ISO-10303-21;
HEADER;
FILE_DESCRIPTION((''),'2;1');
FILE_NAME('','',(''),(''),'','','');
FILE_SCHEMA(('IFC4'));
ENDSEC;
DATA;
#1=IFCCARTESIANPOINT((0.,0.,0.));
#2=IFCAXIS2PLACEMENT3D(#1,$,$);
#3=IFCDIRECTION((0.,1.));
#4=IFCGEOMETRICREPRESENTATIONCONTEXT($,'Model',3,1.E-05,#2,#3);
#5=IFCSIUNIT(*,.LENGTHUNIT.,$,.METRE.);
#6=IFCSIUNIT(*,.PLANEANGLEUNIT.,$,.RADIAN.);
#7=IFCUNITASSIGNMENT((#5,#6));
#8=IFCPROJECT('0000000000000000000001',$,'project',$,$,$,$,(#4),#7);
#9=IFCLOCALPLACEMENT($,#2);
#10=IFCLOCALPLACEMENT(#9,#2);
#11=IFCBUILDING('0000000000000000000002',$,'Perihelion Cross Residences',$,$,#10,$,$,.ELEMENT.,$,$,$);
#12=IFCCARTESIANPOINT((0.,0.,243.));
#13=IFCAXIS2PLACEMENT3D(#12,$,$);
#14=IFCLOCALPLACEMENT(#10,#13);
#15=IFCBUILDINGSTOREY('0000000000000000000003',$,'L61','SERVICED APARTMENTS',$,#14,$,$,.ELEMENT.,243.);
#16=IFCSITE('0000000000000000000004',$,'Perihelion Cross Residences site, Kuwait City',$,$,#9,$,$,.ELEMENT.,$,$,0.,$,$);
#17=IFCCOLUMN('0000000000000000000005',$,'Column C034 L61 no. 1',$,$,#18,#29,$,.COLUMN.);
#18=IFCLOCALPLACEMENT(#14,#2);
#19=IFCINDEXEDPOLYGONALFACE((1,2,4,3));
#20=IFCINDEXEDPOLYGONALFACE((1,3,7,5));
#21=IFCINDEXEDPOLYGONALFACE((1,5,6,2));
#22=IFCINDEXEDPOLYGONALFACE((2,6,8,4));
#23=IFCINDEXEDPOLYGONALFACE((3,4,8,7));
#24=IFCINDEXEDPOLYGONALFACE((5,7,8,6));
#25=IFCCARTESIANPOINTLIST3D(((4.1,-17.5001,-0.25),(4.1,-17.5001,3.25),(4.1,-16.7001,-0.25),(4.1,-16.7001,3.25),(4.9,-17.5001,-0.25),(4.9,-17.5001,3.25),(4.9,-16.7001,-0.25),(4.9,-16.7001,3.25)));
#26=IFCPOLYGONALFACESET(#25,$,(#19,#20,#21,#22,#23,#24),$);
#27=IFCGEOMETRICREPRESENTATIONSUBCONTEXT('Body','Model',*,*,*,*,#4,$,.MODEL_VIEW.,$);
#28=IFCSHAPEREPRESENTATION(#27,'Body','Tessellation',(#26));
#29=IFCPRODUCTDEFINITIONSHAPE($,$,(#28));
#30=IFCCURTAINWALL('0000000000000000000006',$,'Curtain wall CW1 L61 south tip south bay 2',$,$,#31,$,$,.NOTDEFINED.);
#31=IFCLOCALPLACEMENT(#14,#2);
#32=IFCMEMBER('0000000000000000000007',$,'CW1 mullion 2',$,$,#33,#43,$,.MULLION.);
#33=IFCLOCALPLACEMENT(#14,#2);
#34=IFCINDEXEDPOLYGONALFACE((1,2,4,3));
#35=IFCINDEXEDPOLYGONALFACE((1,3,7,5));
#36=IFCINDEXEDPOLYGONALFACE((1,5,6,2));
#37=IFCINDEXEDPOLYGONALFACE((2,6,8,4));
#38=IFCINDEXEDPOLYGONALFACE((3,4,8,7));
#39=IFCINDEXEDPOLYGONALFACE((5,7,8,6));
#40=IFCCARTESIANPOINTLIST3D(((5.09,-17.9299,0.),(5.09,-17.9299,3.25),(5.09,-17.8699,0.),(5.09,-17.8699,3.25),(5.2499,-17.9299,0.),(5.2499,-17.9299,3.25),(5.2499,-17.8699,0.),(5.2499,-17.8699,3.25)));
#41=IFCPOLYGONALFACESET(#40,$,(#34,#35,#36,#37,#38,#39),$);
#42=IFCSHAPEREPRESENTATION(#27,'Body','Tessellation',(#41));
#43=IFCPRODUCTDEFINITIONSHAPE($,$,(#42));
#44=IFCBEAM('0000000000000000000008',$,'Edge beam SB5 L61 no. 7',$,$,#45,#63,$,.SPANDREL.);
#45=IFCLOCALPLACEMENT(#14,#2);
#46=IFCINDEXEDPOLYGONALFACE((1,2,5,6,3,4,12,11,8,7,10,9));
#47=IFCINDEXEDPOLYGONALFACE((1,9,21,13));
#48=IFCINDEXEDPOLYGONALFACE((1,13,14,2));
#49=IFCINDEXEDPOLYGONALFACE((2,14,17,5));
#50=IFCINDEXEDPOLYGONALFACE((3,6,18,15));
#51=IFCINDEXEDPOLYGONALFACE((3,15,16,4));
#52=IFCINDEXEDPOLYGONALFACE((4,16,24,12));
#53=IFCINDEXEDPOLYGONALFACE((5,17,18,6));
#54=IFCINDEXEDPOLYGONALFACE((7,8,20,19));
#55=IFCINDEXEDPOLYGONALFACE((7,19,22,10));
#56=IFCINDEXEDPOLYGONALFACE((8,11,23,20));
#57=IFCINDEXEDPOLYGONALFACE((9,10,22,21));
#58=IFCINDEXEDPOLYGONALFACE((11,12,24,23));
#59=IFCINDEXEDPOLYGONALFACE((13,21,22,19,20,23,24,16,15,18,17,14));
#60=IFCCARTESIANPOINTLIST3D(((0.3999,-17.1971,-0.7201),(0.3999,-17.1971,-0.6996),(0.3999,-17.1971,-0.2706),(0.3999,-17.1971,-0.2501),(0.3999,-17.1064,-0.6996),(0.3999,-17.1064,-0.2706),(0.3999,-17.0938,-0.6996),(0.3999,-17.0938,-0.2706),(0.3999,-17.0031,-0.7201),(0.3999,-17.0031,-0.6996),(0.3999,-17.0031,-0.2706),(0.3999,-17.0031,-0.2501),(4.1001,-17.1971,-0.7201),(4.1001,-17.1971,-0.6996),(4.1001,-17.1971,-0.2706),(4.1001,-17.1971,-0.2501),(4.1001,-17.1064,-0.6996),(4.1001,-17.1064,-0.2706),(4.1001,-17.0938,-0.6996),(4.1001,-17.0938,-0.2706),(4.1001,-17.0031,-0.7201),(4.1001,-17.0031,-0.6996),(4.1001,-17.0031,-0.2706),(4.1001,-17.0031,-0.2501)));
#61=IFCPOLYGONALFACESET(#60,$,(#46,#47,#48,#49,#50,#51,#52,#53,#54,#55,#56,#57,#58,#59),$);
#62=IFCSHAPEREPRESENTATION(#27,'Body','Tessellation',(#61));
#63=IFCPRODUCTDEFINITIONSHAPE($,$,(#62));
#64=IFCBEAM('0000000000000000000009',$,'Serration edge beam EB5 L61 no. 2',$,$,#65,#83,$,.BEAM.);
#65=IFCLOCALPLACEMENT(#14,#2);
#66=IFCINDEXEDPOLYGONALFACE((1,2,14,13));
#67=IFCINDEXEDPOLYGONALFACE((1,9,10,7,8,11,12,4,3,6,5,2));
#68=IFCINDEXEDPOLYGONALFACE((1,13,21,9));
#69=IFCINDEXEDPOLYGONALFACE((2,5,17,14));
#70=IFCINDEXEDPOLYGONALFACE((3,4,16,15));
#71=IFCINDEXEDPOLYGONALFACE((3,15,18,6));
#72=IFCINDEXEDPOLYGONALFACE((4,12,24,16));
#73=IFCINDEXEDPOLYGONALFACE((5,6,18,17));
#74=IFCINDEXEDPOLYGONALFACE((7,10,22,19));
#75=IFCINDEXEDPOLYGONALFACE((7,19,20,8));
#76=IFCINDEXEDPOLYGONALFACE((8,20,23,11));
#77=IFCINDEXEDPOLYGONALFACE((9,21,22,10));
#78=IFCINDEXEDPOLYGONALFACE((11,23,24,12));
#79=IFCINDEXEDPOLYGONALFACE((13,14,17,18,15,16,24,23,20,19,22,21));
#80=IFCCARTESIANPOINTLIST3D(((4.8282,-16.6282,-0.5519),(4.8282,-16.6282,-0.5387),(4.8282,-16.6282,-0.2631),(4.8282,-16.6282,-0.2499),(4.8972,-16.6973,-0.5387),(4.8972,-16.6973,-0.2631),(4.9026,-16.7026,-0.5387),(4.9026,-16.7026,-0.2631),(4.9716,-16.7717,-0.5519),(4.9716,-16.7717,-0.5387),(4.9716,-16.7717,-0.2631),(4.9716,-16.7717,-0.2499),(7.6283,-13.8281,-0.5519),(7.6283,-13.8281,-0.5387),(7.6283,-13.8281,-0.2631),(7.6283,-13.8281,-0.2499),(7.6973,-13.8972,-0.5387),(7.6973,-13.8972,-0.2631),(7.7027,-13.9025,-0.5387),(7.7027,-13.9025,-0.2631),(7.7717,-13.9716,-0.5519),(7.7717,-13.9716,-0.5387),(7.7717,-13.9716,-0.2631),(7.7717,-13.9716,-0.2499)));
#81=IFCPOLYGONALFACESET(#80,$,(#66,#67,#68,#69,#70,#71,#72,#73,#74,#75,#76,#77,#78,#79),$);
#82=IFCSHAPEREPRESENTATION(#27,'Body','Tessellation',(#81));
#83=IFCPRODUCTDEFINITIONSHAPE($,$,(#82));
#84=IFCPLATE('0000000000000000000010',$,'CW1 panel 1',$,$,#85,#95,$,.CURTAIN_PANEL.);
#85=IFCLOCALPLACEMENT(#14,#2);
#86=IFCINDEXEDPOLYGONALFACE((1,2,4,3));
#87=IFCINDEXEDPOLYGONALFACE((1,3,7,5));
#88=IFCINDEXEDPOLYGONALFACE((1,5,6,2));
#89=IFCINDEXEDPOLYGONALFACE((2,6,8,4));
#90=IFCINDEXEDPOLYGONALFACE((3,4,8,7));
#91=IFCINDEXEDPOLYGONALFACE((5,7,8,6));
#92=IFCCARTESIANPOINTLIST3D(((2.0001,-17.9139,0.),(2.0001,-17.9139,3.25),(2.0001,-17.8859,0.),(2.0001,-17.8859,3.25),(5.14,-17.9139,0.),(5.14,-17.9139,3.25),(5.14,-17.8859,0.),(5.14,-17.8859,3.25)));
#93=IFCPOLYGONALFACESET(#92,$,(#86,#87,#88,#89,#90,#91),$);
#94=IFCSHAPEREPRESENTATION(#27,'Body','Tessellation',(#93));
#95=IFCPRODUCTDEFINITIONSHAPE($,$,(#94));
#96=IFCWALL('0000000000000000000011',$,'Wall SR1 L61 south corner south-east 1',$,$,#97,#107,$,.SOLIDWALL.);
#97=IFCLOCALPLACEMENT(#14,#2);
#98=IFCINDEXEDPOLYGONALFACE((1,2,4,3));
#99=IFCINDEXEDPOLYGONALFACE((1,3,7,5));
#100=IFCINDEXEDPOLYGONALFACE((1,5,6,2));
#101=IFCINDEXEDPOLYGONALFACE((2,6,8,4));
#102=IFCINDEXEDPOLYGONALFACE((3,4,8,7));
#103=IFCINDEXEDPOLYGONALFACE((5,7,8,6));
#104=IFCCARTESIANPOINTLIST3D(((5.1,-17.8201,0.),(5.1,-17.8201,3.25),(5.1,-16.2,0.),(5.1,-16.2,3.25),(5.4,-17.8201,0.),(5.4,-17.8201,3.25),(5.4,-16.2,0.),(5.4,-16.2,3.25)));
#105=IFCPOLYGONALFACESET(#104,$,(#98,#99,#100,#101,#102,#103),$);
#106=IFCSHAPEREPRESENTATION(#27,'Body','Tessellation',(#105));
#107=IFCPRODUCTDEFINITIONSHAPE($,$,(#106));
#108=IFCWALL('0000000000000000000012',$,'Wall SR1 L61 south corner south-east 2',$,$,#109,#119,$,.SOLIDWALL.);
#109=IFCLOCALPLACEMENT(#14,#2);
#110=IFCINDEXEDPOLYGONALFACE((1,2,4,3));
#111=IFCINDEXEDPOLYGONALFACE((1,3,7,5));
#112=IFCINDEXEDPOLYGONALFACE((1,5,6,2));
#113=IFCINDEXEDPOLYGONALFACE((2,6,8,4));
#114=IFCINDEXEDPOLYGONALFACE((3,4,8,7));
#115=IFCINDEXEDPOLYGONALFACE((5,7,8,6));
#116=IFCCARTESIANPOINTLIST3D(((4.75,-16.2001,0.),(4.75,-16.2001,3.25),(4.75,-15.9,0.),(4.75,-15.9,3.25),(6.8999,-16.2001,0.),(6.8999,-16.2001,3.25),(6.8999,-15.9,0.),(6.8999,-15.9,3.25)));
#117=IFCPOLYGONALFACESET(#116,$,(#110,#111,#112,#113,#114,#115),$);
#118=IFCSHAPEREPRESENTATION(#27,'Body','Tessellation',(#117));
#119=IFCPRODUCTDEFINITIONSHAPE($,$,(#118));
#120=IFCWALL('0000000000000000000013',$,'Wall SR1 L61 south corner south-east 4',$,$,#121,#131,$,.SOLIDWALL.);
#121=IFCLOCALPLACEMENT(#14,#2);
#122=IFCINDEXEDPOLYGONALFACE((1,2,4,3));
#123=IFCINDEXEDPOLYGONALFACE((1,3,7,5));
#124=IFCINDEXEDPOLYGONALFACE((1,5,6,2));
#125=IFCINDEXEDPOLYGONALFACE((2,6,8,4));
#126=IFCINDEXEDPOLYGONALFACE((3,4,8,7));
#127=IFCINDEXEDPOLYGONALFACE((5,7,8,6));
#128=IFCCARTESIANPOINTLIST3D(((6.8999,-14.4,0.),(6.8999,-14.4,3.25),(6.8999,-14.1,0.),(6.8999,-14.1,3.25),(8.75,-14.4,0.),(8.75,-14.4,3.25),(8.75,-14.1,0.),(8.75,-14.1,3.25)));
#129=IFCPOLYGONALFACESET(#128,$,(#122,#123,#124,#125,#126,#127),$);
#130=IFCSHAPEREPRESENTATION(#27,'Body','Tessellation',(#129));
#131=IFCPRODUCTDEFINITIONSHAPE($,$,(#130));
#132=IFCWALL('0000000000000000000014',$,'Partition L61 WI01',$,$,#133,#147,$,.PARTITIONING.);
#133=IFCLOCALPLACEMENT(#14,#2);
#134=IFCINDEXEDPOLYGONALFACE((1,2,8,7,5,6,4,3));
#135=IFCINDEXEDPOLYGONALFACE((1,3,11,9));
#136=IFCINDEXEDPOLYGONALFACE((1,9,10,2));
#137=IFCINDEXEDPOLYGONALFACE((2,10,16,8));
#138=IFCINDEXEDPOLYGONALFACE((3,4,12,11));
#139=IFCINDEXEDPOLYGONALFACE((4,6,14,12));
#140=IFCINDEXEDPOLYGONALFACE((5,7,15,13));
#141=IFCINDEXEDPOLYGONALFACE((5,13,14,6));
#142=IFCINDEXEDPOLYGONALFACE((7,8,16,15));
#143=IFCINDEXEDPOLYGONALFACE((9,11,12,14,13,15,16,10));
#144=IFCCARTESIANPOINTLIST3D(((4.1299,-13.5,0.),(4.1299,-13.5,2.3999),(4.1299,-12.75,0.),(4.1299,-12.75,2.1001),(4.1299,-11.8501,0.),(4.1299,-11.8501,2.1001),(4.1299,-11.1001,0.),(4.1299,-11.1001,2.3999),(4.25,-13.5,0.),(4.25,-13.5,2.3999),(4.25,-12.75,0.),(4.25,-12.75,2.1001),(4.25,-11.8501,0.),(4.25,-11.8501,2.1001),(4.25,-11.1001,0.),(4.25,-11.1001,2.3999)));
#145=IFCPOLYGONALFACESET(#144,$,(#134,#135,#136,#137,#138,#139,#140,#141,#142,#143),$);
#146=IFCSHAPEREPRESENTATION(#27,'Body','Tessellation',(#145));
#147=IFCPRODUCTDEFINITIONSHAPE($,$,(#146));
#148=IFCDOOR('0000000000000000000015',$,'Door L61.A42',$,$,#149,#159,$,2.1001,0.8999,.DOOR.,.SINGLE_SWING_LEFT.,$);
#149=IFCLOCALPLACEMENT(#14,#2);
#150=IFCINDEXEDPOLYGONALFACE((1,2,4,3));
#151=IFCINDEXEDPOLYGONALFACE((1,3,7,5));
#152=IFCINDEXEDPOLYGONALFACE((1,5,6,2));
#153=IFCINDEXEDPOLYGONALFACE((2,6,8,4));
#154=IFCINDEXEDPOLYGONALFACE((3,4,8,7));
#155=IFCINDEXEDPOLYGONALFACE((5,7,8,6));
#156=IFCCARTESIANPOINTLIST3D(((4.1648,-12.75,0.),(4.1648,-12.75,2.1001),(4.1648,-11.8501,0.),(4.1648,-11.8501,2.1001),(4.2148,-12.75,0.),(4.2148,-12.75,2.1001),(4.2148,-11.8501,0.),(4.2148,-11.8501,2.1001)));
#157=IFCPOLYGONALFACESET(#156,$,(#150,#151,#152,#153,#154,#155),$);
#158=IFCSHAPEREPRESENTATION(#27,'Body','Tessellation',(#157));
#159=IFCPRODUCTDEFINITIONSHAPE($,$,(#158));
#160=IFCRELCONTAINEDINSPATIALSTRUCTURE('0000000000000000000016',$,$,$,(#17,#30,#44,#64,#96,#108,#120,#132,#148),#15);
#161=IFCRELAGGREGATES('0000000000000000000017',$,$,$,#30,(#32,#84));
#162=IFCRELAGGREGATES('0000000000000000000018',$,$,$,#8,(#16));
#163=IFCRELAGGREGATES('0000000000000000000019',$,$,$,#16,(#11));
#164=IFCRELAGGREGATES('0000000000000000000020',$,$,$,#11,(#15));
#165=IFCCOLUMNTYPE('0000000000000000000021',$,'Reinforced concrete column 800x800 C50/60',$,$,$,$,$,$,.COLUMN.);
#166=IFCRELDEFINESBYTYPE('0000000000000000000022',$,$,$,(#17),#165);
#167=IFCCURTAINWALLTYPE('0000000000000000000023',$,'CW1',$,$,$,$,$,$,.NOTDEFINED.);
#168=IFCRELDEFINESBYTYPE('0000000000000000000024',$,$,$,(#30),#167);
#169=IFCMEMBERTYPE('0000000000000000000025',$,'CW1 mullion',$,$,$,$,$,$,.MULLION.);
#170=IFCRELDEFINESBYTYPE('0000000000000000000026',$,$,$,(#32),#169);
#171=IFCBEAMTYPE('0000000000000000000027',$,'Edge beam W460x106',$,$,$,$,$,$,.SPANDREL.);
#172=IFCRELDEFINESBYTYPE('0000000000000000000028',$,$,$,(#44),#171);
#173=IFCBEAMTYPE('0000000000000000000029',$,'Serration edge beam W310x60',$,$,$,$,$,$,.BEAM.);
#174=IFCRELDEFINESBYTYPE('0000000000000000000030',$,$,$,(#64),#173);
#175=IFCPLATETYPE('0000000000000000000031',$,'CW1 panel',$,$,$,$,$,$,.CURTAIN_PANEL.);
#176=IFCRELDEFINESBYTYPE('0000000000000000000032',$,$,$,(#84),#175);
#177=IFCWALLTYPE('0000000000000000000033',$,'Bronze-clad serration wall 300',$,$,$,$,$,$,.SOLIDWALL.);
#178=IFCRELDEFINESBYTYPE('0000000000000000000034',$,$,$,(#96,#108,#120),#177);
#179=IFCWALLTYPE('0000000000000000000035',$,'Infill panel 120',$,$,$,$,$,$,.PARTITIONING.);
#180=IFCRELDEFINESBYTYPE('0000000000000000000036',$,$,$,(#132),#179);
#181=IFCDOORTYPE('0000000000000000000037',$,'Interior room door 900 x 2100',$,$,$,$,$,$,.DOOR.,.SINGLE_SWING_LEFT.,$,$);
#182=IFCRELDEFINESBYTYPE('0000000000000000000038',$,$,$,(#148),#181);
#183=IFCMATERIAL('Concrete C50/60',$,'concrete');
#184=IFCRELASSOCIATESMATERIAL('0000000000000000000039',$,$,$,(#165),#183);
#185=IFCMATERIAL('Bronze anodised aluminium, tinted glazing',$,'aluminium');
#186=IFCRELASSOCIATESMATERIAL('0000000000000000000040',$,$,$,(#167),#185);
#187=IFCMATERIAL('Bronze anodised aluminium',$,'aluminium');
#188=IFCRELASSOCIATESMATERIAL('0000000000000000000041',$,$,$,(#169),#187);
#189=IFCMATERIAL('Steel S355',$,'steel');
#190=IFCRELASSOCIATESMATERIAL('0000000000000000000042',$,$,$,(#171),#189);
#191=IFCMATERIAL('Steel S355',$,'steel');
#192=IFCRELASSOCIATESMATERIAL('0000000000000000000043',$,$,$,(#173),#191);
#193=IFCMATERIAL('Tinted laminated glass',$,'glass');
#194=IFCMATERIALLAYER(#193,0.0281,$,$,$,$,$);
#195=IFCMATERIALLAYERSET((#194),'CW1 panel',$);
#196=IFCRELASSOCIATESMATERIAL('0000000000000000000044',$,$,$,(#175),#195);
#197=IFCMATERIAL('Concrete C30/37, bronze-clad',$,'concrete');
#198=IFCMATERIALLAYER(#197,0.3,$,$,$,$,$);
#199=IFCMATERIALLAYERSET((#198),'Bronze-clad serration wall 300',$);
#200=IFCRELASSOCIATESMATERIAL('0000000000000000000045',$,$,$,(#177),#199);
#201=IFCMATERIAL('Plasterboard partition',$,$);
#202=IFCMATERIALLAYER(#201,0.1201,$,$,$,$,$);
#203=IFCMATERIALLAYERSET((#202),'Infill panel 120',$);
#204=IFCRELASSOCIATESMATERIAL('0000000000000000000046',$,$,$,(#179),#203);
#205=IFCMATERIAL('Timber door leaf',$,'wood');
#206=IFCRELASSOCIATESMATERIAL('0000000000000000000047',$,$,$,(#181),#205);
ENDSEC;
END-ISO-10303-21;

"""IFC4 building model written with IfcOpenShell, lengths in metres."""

from ifc_helpers import new_model, si_unit, direction, frame, frame_2d, origin, origin_2d, place, context, subcontext, project, spatial, rectangle, i_section, extrude, material, layer, layer_set, material_profile, profile_set, type_object, element, fill, aggregate, save


model = new_model("IFC4")

# Units and contexts
model_context = context("Model", 3, precision=1e-05, world=origin(), true_north=direction((0.0, 1.0)))
body_context = subcontext(model_context, "Body", "Model", "MODEL_VIEW")
ifc_project = project(units=[si_unit("LENGTHUNIT", "METRE"), si_unit("PLANEANGLEUNIT", "RADIAN")], contexts=[model_context])

# Site, building, storey
site_placement = place(None, origin())
site = spatial("IfcSite", under=ifc_project, at=site_placement, Name="Perihelion Cross Residences site, Kuwait City", CompositionType="ELEMENT", RefElevation=0.0)
building_placement = place(site_placement, origin())
building = spatial("IfcBuilding", under=site, at=building_placement, Name="Perihelion Cross Residences", CompositionType="ELEMENT")
storey_placement = place(building_placement, frame((0.0, 0.0, 243.0)))
storey = spatial("IfcBuildingStorey", under=building, at=storey_placement, Name="L61", Description="SERVICED APARTMENTS", CompositionType="ELEMENT", Elevation=243.0)

# Column
ifc_material_1 = material(Name="Concrete C50/60", Category="concrete")
ifc_material_profile_1 = material_profile(ifc_material_1, rectangle(XDim=0.8, YDim=0.8, at=origin_2d()), Name="RC 800x800")
ifc_profile_set_1 = profile_set([ifc_material_profile_1], Name="Concrete C50/60")
column_type = type_object("IfcColumnType", Name="Reinforced concrete column 800x800 C50/60", PredefinedType="COLUMN", material=ifc_profile_set_1)
column_placement = place(storey_placement, frame((4.5, -17.1001, -0.25), z_axis=(0.0, 0.0, 1.0), x_axis=(1.0, 0.0, 0.0)))
element("IfcColumn", 1, at=column_placement, inside=storey, type_object=column_type, Name="Column C034 L61 no. 1", PredefinedType="COLUMN", context=body_context, shape_type="SweptSolid", body=[
    extrude(rectangle(XDim=0.8, YDim=0.8, at=origin_2d()), origin(), (0.0, 0.0, 1.0), 3.5),
])

# Curtain wall, member
ifc_material_2 = material(Name="Bronze anodised aluminium, tinted glazing", Category="aluminium")
curtain_wall_type = type_object("IfcCurtainWallType", Name="CW1", PredefinedType="NOTDEFINED", material=ifc_material_2)
curtain_wall_placement = place(storey_placement, origin())
curtain_wall = element("IfcCurtainWall", 2, at=curtain_wall_placement, inside=storey, type_object=curtain_wall_type, Name="Curtain wall CW1 L61 south tip south bay 2", PredefinedType="NOTDEFINED")
ifc_material_3 = material(Name="Bronze anodised aluminium", Category="aluminium")
ifc_material_profile_2 = material_profile(ifc_material_3, rectangle(XDim=0.0601, YDim=0.1599, at=origin_2d()), Name="CW1 mullion")
ifc_profile_set_2 = profile_set([ifc_material_profile_2], Name="Bronze anodised aluminium")
member_type = type_object("IfcMemberType", Name="CW1 mullion", PredefinedType="MULLION", material=ifc_profile_set_2)
member_placement = place(storey_placement, frame((5.1699, -17.8999, 0.0), z_axis=(0.0, 0.0, 1.0), x_axis=(0.0, 1.0, 0.0)))
member = element("IfcMember", 3, at=member_placement, type_object=member_type, Name="CW1 mullion 2", PredefinedType="MULLION", context=body_context, shape_type="SweptSolid", body=[
    extrude(rectangle(XDim=0.0601, YDim=0.1599, at=origin_2d()), origin(), (0.0, 0.0, 1.0), 3.25),
])

# Beams
ifc_material_4 = material(Name="Steel S355", Category="steel")
ifc_material_profile_3 = material_profile(ifc_material_4, i_section(OverallWidth=0.1941, OverallDepth=0.47, WebThickness=0.0127, FlangeThickness=0.0205, at=origin_2d()), Name="W460x106")
ifc_profile_set_3 = profile_set([ifc_material_profile_3], Name="Steel S355")
beam_type_1 = type_object("IfcBeamType", Name="Edge beam W460x106", PredefinedType="SPANDREL", material=ifc_profile_set_3)
beam_1_placement = place(storey_placement, frame((0.3999, -17.1001, -0.4851), z_axis=(1.0, 0.0, 0.0), x_axis=(0.0, 1.0, 0.0)))
element("IfcBeam", 4, at=beam_1_placement, inside=storey, type_object=beam_type_1, Name="Edge beam SB5 L61 no. 7", PredefinedType="SPANDREL", context=body_context, shape_type="SweptSolid", body=[
    extrude(i_section(OverallWidth=0.1941, OverallDepth=0.47, WebThickness=0.0127, FlangeThickness=0.0205, at=origin_2d()), origin(), (0.0, 0.0, 1.0), 3.7002),
])
ifc_material_5 = material(Name="Steel S355", Category="steel")
ifc_material_profile_4 = material_profile(ifc_material_5, i_section(OverallWidth=0.2029, OverallDepth=0.302, WebThickness=0.0076, FlangeThickness=0.0132, at=origin_2d()), Name="W310x60")
ifc_profile_set_4 = profile_set([ifc_material_profile_4], Name="Steel S355")
beam_type_2 = type_object("IfcBeamType", Name="Serration edge beam W310x60", PredefinedType="BEAM", material=ifc_profile_set_4)
beam_2_placement = place(storey_placement, frame((4.8999, -16.7, -0.4009), z_axis=(0.707107, 0.707107, 0.0), x_axis=(-0.707107, 0.707107, 0.0)))
element("IfcBeam", 5, at=beam_2_placement, inside=storey, type_object=beam_type_2, Name="Serration edge beam EB5 L61 no. 2", PredefinedType="BEAM", context=body_context, shape_type="SweptSolid", body=[
    extrude(i_section(OverallWidth=0.2029, OverallDepth=0.302, WebThickness=0.0076, FlangeThickness=0.0132, at=origin_2d()), origin(), (0.0, 0.0, 1.0), 3.96),
])

# Plate
ifc_material_6 = material(Name="Tinted laminated glass", Category="glass")
ifc_layer_1 = layer(ifc_material_6, 0.0281)
ifc_layer_set_1 = layer_set([ifc_layer_1], Name="CW1 panel")
plate_type = type_object("IfcPlateType", Name="CW1 panel", PredefinedType="CURTAIN_PANEL", material=ifc_layer_set_1)
plate_placement = place(storey_placement, frame((3.5701, -17.8999, 0.0), z_axis=(0.0, 0.0, 1.0), x_axis=(1.0, 0.0, 0.0)))
plate = element("IfcPlate", 6, at=plate_placement, type_object=plate_type, Name="CW1 panel 1", PredefinedType="CURTAIN_PANEL", context=body_context, shape_type="SweptSolid", body=[
    extrude(rectangle(XDim=3.1399, YDim=0.0281, at=origin_2d()), origin(), (0.0, 0.0, 1.0), 3.25),
])
aggregate(curtain_wall, [member, plate])

# Walls
ifc_material_7 = material(Name="Concrete C30/37, bronze-clad", Category="concrete")
ifc_layer_2 = layer(ifc_material_7, 0.3)
ifc_layer_set_2 = layer_set([ifc_layer_2], Name="Bronze-clad serration wall 300")
wall_type_1 = type_object("IfcWallType", Name="Bronze-clad serration wall 300", PredefinedType="SOLIDWALL", material=ifc_layer_set_2)
wall_1_placement = place(storey_placement, frame((5.25, -17.8201, 0.0), z_axis=(0.0, 0.0, 1.0), x_axis=(0.0, 1.0, 0.0)))
element("IfcWall", 7, at=wall_1_placement, inside=storey, type_object=wall_type_1, Name="Wall SR1 L61 south corner south-east 1", PredefinedType="SOLIDWALL", context=body_context, shape_type="SweptSolid", body=[
    extrude(rectangle(XDim=1.6201, YDim=0.3, at=frame_2d((0.8101, 0.0))), origin(), (0.0, 0.0, 1.0), 3.25),
])
wall_2_placement = place(storey_placement, frame((4.75, -16.05, 0.0), z_axis=(0.0, 0.0, 1.0), x_axis=(1.0, 0.0, 0.0)))
element("IfcWall", 8, at=wall_2_placement, inside=storey, type_object=wall_type_1, Name="Wall SR1 L61 south corner south-east 2", PredefinedType="SOLIDWALL", context=body_context, shape_type="SweptSolid", body=[
    extrude(rectangle(XDim=2.1499, YDim=0.3, at=frame_2d((1.075, 0.0))), origin(), (0.0, 0.0, 1.0), 3.25),
])
wall_3_placement = place(storey_placement, frame((6.8999, -14.25, 0.0), z_axis=(0.0, 0.0, 1.0), x_axis=(1.0, 0.0, 0.0)))
element("IfcWall", 9, at=wall_3_placement, inside=storey, type_object=wall_type_1, Name="Wall SR1 L61 south corner south-east 4", PredefinedType="SOLIDWALL", context=body_context, shape_type="SweptSolid", body=[
    extrude(rectangle(XDim=1.8501, YDim=0.3, at=frame_2d((0.925, 0.0))), origin(), (0.0, 0.0, 1.0), 3.25),
])

# Wall, opening, door
ifc_material_8 = material(Name="Plasterboard partition")
ifc_layer_3 = layer(ifc_material_8, 0.1201)
ifc_layer_set_3 = layer_set([ifc_layer_3], Name="Infill panel 120")
wall_type_2 = type_object("IfcWallType", Name="Infill panel 120", PredefinedType="PARTITIONING", material=ifc_layer_set_3)
wall_4_placement = place(storey_placement, frame((4.1899, -11.1001, 0.0), z_axis=(0.0, 0.0, 1.0), x_axis=(0.0, -1.0, 0.0)))
wall_4 = element("IfcWall", 10, at=wall_4_placement, inside=storey, type_object=wall_type_2, Name="Partition L61 WI01", PredefinedType="PARTITIONING", context=body_context, shape_type="SweptSolid", body=[
    extrude(rectangle(XDim=2.3999, YDim=0.1201, at=frame_2d((1.2, 0.0))), origin(), (0.0, 0.0, 1.0), 2.3999),
])
opening_1_placement = place(wall_4_placement, frame((0.75, 0.0, 0.0)))
opening_1 = element("IfcOpeningElement", 11, at=opening_1_placement, cuts=wall_4, PredefinedType="OPENING", context=body_context, shape_type="SweptSolid", body=[
    extrude(rectangle(XDim=0.8999, YDim=2.1001, at=frame_2d((0.45, 1.05))), frame((0.0, 0.0701, 0.0), z_axis=(0.0, -1.0, 0.0), x_axis=(1.0, 0.0, 0.0)), (0.0, 0.0, 1.0), 0.1401),
])
ifc_material_9 = material(Name="Timber door leaf", Category="wood")
door_type_1 = type_object("IfcDoorType", Name="Interior room door 900 x 2100", OperationType="SINGLE_SWING_LEFT", PredefinedType="DOOR", material=ifc_material_9)
door_1_placement = place(opening_1_placement, origin())
door_1 = element("IfcDoor", 12, at=door_1_placement, inside=storey, type_object=door_type_1, Name="Door L61.A42", OperationType="SINGLE_SWING_LEFT", OverallHeight=2.1001, OverallWidth=0.8999, PredefinedType="DOOR", context=body_context, shape_type="SweptSolid", body=[
    extrude(rectangle(XDim=0.8999, YDim=2.1001, at=frame_2d((0.45, 1.05))), frame((0.0, 0.0249, 0.0), z_axis=(0.0, -1.0, 0.0), x_axis=(1.0, 0.0, 0.0)), (0.0, 0.0, 1.0), 0.05),
])
fill(opening_1, door_1)

save(model, "model.ifc")
